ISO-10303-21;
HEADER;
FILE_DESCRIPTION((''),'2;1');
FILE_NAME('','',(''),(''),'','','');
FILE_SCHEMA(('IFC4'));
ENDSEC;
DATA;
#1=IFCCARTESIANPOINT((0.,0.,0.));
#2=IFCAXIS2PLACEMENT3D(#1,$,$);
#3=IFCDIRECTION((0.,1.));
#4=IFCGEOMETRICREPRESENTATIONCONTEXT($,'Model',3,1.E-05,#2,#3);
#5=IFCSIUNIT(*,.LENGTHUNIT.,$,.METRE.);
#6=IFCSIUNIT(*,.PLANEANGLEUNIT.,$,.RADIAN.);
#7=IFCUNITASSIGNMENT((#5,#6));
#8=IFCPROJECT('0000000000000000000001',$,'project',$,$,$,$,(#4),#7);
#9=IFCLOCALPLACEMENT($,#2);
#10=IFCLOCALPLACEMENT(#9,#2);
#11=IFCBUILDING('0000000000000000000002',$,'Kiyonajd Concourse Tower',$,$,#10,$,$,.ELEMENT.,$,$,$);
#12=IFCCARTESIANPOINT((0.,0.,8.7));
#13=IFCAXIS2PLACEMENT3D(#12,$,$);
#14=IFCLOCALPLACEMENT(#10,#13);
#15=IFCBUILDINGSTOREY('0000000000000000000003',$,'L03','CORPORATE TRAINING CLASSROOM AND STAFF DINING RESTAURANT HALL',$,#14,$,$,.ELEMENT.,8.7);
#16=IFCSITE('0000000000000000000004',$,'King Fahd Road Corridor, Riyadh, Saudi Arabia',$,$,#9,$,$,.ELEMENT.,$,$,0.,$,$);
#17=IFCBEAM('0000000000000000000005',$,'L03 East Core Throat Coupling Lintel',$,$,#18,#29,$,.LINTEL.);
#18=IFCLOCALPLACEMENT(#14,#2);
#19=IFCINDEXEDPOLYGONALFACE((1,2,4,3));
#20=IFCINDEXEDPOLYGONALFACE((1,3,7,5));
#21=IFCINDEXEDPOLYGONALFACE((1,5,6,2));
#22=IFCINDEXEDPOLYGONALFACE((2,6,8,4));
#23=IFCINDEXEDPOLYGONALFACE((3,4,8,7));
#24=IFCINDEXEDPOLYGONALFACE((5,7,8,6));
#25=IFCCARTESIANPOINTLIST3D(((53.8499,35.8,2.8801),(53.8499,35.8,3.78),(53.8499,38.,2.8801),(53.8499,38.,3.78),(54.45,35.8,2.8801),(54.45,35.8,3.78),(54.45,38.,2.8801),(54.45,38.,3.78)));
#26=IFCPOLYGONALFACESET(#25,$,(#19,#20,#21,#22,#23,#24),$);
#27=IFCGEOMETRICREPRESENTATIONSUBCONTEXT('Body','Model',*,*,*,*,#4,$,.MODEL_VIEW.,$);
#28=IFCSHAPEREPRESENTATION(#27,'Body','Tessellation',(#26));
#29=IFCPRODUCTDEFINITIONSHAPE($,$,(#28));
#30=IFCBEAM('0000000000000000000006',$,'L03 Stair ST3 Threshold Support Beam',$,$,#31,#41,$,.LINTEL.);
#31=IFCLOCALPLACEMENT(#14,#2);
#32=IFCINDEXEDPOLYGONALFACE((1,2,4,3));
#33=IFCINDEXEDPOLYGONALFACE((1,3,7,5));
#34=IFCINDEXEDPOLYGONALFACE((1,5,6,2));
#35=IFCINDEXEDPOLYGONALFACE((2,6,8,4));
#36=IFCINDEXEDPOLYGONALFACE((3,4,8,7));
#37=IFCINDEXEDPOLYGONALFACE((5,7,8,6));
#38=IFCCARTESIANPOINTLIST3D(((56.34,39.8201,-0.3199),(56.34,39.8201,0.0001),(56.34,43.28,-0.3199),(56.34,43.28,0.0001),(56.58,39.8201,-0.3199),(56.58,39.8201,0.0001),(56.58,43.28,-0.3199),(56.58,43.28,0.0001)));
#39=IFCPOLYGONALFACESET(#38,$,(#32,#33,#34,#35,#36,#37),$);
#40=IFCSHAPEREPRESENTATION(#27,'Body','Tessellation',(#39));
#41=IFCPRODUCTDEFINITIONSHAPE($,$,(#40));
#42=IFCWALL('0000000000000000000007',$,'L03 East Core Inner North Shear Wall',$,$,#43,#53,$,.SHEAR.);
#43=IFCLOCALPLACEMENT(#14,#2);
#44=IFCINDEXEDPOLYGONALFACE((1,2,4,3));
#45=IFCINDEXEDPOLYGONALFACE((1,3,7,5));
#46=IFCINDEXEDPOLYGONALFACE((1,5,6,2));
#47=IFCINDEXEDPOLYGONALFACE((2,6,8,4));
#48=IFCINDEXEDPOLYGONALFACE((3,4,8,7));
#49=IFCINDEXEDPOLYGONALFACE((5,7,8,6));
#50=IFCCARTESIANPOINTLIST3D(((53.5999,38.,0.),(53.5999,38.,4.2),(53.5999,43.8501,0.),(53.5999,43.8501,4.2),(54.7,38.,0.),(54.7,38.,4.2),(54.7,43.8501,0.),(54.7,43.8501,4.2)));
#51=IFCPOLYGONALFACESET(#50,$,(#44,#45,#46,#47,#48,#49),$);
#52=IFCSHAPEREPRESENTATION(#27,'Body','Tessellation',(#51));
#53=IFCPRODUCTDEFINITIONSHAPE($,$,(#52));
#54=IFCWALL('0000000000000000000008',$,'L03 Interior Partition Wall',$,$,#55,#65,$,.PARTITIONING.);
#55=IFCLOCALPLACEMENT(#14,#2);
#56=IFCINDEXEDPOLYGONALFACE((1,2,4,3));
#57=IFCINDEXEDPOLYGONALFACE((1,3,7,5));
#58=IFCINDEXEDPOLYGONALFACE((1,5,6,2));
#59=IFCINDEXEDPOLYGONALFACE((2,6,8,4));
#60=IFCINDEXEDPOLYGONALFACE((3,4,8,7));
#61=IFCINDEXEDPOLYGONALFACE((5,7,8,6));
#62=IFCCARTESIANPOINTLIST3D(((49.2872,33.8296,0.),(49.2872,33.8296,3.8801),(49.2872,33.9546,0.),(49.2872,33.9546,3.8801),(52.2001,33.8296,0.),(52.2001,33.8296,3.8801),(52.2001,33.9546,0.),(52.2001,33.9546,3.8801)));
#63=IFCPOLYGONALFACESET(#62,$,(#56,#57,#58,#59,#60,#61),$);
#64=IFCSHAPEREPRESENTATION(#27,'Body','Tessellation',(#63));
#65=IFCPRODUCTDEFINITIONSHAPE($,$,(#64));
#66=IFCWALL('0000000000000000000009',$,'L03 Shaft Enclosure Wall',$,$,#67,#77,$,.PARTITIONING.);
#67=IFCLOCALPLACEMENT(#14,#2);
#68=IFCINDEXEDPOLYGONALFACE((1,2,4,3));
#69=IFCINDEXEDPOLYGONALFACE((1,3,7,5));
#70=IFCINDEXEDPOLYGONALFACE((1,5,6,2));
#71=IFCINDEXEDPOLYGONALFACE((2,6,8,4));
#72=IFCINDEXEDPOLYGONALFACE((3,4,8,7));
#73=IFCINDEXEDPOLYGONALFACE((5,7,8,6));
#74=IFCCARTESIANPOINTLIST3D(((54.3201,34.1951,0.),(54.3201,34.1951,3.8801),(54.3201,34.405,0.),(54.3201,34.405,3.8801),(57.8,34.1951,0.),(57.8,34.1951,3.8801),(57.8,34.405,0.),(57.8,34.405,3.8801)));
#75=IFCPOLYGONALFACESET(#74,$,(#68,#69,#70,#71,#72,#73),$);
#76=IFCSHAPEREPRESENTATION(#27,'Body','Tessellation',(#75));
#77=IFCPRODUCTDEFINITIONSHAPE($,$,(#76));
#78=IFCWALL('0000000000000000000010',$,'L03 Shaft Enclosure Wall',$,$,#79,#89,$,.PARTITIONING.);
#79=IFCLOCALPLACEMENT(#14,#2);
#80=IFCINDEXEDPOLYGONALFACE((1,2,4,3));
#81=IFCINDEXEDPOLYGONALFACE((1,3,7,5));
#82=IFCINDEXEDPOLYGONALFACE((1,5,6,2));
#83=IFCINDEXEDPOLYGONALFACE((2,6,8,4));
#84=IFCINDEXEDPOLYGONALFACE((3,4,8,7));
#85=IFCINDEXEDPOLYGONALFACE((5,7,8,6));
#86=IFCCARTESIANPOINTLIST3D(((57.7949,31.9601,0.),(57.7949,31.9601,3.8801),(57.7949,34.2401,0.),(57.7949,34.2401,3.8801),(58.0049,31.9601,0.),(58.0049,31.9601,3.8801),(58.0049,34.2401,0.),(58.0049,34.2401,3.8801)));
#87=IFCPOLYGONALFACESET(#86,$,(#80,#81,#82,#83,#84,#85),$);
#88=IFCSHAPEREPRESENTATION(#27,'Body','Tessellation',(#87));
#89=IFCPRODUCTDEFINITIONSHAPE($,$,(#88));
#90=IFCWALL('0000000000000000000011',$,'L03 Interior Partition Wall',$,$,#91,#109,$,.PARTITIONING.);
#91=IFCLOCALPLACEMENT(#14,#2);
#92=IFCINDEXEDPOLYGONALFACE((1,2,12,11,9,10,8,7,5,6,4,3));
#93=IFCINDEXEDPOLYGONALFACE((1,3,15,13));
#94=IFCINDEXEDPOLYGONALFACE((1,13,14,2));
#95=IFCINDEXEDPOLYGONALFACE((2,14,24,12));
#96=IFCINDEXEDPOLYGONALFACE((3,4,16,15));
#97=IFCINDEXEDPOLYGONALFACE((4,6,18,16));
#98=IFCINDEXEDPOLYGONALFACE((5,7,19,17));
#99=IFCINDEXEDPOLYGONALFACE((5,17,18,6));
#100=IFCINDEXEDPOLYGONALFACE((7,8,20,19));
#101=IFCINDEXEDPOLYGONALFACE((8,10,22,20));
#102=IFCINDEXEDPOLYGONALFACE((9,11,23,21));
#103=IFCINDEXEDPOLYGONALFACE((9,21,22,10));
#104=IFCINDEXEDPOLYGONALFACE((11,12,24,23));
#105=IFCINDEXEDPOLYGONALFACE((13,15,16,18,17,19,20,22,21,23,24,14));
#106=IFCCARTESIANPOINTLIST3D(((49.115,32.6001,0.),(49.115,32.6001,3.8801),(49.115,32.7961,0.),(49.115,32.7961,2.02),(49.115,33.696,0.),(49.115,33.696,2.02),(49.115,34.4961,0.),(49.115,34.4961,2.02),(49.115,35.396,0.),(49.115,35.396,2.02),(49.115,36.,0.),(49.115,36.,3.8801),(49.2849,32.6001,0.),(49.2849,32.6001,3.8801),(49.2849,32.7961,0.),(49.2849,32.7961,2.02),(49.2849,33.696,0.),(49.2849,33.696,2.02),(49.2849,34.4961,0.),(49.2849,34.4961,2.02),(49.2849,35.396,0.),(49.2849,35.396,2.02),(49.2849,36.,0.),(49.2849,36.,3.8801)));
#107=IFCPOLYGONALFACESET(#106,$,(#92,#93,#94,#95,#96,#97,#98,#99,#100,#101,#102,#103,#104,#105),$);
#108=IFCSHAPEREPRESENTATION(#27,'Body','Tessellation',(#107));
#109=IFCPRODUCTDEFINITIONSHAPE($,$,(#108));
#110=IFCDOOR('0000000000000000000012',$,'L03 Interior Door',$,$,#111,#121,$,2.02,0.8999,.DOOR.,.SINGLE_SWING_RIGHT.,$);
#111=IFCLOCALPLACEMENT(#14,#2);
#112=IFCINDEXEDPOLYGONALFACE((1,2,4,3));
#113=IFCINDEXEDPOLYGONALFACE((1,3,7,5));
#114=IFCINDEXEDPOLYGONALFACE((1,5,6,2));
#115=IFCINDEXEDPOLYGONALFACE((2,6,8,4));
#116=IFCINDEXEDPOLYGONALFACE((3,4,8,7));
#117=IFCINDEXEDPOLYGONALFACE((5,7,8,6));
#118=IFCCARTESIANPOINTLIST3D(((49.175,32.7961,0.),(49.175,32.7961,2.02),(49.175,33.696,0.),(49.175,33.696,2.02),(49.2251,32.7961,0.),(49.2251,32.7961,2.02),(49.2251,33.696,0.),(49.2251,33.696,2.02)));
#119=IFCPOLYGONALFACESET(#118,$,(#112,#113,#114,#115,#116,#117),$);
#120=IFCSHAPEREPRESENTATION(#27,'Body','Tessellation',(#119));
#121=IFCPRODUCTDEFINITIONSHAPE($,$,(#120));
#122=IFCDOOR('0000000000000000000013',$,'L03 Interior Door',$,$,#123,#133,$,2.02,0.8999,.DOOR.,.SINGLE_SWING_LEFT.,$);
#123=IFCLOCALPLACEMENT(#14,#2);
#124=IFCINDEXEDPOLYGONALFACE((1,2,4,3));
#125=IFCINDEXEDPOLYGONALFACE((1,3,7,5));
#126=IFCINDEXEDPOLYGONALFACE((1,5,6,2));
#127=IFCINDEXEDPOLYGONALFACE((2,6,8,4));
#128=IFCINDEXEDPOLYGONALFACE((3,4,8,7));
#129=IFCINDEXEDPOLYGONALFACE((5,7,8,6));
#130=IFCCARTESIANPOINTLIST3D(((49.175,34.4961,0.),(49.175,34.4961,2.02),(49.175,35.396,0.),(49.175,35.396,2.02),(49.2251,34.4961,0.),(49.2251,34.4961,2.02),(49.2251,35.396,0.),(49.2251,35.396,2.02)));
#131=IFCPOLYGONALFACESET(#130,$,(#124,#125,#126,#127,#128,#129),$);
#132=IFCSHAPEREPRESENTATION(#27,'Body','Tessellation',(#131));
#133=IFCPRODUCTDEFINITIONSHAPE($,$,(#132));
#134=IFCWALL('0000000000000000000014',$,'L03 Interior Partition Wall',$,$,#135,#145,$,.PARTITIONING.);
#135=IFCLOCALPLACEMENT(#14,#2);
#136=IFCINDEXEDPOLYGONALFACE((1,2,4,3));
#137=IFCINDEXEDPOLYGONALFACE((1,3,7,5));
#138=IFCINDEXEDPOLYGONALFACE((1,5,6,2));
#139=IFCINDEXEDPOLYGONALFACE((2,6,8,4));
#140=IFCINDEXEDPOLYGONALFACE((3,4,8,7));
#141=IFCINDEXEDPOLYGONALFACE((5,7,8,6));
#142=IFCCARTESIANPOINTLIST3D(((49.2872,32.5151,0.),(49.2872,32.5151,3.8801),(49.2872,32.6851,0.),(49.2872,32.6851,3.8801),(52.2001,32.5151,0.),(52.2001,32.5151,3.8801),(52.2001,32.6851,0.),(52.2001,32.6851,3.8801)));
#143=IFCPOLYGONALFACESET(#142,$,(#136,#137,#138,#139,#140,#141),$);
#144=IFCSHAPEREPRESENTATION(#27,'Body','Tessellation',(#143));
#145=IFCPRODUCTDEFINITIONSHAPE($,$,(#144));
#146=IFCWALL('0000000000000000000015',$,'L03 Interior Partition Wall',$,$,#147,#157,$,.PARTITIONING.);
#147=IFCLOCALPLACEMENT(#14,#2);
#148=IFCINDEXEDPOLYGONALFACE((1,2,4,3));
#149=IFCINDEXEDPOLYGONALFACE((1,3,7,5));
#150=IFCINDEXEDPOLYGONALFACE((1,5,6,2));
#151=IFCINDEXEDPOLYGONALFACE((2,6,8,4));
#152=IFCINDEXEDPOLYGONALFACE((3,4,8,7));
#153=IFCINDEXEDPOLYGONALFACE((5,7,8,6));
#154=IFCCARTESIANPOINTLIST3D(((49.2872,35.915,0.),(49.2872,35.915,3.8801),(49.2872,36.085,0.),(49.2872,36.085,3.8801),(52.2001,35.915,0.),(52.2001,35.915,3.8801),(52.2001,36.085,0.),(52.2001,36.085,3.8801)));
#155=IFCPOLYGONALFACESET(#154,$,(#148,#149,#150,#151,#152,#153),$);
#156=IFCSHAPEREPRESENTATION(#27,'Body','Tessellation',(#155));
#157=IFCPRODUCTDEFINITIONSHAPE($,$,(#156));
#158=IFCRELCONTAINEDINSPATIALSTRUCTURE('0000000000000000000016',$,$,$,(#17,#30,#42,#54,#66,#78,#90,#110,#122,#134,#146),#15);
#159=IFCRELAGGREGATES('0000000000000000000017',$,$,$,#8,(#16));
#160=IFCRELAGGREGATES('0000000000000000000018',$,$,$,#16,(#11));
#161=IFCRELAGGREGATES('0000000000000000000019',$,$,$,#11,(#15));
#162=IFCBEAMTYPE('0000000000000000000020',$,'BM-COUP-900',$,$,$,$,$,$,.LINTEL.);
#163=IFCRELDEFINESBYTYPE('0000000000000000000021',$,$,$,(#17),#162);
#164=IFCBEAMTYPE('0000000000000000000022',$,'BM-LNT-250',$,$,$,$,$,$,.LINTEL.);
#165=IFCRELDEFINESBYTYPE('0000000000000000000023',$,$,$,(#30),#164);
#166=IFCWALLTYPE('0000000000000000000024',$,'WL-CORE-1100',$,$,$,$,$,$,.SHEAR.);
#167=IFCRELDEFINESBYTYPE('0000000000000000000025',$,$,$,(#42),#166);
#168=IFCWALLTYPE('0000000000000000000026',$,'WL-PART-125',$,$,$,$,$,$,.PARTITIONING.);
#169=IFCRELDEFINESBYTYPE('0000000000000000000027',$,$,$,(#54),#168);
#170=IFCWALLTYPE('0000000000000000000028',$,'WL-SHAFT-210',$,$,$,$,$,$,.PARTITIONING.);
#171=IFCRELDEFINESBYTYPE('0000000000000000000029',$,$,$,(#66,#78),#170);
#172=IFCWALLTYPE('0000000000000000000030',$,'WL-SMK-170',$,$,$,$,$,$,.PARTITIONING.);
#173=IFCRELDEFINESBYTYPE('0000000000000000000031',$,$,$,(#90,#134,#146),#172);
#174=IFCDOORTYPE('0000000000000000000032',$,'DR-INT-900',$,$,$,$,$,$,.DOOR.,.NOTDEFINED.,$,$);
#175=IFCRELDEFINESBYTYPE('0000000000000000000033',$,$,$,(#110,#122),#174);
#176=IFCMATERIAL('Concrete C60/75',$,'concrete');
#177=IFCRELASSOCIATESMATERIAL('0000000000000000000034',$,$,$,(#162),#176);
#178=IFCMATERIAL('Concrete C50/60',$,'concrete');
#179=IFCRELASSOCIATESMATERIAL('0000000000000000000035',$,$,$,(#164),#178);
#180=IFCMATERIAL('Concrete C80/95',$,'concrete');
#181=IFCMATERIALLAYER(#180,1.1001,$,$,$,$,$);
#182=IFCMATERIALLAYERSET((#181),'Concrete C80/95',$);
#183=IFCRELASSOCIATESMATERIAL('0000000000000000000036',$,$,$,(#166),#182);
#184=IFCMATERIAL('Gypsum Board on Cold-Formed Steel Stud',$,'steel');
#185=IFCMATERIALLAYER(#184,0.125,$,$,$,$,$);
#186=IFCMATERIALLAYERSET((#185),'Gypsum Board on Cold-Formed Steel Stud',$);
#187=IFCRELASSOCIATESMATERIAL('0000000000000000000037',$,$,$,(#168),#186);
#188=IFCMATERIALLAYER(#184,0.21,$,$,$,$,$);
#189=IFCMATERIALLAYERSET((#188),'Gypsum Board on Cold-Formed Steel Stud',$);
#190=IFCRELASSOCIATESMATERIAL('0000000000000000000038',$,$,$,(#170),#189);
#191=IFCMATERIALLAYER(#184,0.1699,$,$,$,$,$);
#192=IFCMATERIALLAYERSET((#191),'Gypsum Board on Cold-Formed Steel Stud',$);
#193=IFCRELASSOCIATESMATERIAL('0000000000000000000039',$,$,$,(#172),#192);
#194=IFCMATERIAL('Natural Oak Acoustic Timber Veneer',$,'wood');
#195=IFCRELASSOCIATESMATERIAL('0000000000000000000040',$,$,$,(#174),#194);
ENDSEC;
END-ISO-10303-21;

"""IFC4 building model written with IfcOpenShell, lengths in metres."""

from ifc_helpers import new_model, si_unit, direction, frame, frame_2d, origin, origin_2d, place, context, subcontext, project, spatial, rectangle, extrude, material, layer, layer_set, material_profile, profile_set, type_object, element, fill, save


model = new_model("IFC4")

# Units and contexts
model_context = context("Model", 3, precision=1e-05, world=origin(), true_north=direction((0.0, 1.0)))
body_context = subcontext(model_context, "Body", "Model", "MODEL_VIEW")
ifc_project = project(units=[si_unit("LENGTHUNIT", "METRE"), si_unit("PLANEANGLEUNIT", "RADIAN")], contexts=[model_context])

# Site, building, storey
site_placement = place(None, origin())
site = spatial("IfcSite", under=ifc_project, at=site_placement, Name="King Fahd Road Corridor, Riyadh, Saudi Arabia", CompositionType="ELEMENT", RefElevation=0.0)
building_placement = place(site_placement, origin())
building = spatial("IfcBuilding", under=site, at=building_placement, Name="Kiyonajd Concourse Tower", CompositionType="ELEMENT")
storey_placement = place(building_placement, frame((0.0, 0.0, 8.7)))
storey = spatial("IfcBuildingStorey", under=building, at=storey_placement, Name="L03", Description="CORPORATE TRAINING CLASSROOM AND STAFF DINING RESTAURANT HALL", CompositionType="ELEMENT", Elevation=8.7)

# Beams
ifc_material_1 = material(Name="Concrete C60/75", Category="concrete")
ifc_material_profile_1 = material_profile(ifc_material_1, rectangle(XDim=0.6001, YDim=0.8999, at=origin_2d()), Name="RCBM-600x900")
ifc_profile_set_1 = profile_set([ifc_material_profile_1], Name="Concrete C60/75")
beam_type_1 = type_object("IfcBeamType", Name="BM-COUP-900", PredefinedType="LINTEL", material=ifc_profile_set_1)
beam_1_placement = place(storey_placement, frame((54.1499, 35.8, 3.3301), z_axis=(0.0, 1.0, 0.0), x_axis=(-1.0, 0.0, 0.0)))
element("IfcBeam", 1, at=beam_1_placement, inside=storey, type_object=beam_type_1, Name="L03 East Core Throat Coupling Lintel", PredefinedType="LINTEL", context=body_context, shape_type="SweptSolid", body=[
    extrude(rectangle(XDim=0.6001, YDim=0.8999, at=origin_2d()), origin(), (0.0, 0.0, 1.0), 2.2),
])
ifc_material_2 = material(Name="Concrete C50/60", Category="concrete")
ifc_material_profile_2 = material_profile(ifc_material_2, rectangle(XDim=0.24, YDim=0.3201, at=origin_2d()), Name="RCBM-240x320")
ifc_profile_set_2 = profile_set([ifc_material_profile_2], Name="Concrete C50/60")
beam_type_2 = type_object("IfcBeamType", Name="BM-LNT-250", PredefinedType="LINTEL", material=ifc_profile_set_2)
beam_2_placement = place(storey_placement, frame((56.46, 39.8201, -0.1599), z_axis=(0.0, 1.0, 0.0), x_axis=(-1.0, 0.0, 0.0)))
element("IfcBeam", 2, at=beam_2_placement, inside=storey, type_object=beam_type_2, Name="L03 Stair ST3 Threshold Support Beam", PredefinedType="LINTEL", context=body_context, shape_type="SweptSolid", body=[
    extrude(rectangle(XDim=0.24, YDim=0.3201, at=origin_2d()), origin(), (0.0, 0.0, 1.0), 3.46),
])

# Walls
ifc_material_3 = material(Name="Concrete C80/95", Category="concrete")
ifc_layer_1 = layer(ifc_material_3, 1.1001)
ifc_layer_set_1 = layer_set([ifc_layer_1], Name="Concrete C80/95")
wall_type_1 = type_object("IfcWallType", Name="WL-CORE-1100", PredefinedType="SHEAR", material=ifc_layer_set_1)
wall_1_placement = place(storey_placement, frame((54.1499, 38.0, 0.0), z_axis=(0.0, 0.0, 1.0), x_axis=(0.0, 1.0, 0.0)))
element("IfcWall", 3, at=wall_1_placement, inside=storey, type_object=wall_type_1, Name="L03 East Core Inner North Shear Wall", PredefinedType="SHEAR", context=body_context, shape_type="SweptSolid", body=[
    extrude(rectangle(XDim=5.8501, YDim=1.1001, at=frame_2d((2.925, 0.0))), origin(), (0.0, 0.0, 1.0), 4.2),
])
ifc_material_4 = material(Name="Gypsum Board on Cold-Formed Steel Stud", Category="steel")
ifc_layer_2 = layer(ifc_material_4, 0.125)
ifc_layer_set_2 = layer_set([ifc_layer_2], Name="Gypsum Board on Cold-Formed Steel Stud")
wall_type_2 = type_object("IfcWallType", Name="WL-PART-125", PredefinedType="PARTITIONING", material=ifc_layer_set_2)
wall_2_placement = place(storey_placement, frame((49.2871, 33.8921, 0.0), z_axis=(0.0, 0.0, 1.0), x_axis=(1.0, 0.0, 0.0)))
element("IfcWall", 4, at=wall_2_placement, inside=storey, type_object=wall_type_2, Name="L03 Interior Partition Wall", PredefinedType="PARTITIONING", context=body_context, shape_type="SweptSolid", body=[
    extrude(rectangle(XDim=2.9128, YDim=0.125, at=frame_2d((1.4565, 0.0))), origin(), (0.0, 0.0, 1.0), 3.8801),
])
ifc_layer_3 = layer(ifc_material_4, 0.21)
ifc_layer_set_3 = layer_set([ifc_layer_3], Name="Gypsum Board on Cold-Formed Steel Stud")
wall_type_3 = type_object("IfcWallType", Name="WL-SHAFT-210", PredefinedType="PARTITIONING", material=ifc_layer_set_3)
wall_3_placement = place(storey_placement, frame((54.3201, 34.3, 0.0), z_axis=(0.0, 0.0, 1.0), x_axis=(1.0, 0.0, 0.0)))
element("IfcWall", 5, at=wall_3_placement, inside=storey, type_object=wall_type_3, Name="L03 Shaft Enclosure Wall", PredefinedType="PARTITIONING", context=body_context, shape_type="SweptSolid", body=[
    extrude(rectangle(XDim=3.48, YDim=0.21, at=frame_2d((1.74, 0.0))), origin(), (0.0, 0.0, 1.0), 3.8801),
])
wall_4_placement = place(storey_placement, frame((57.8999, 31.96, 0.0), z_axis=(0.0, 0.0, 1.0), x_axis=(0.0, 1.0, 0.0)))
element("IfcWall", 6, at=wall_4_placement, inside=storey, type_object=wall_type_3, Name="L03 Shaft Enclosure Wall", PredefinedType="PARTITIONING", context=body_context, shape_type="SweptSolid", body=[
    extrude(rectangle(XDim=2.28, YDim=0.21, at=frame_2d((1.1401, 0.0))), origin(), (0.0, 0.0, 1.0), 3.8801),
])

# Wall, openings, doors
ifc_layer_4 = layer(ifc_material_4, 0.1699)
ifc_layer_set_4 = layer_set([ifc_layer_4], Name="Gypsum Board on Cold-Formed Steel Stud")
wall_type_4 = type_object("IfcWallType", Name="WL-SMK-170", PredefinedType="PARTITIONING", material=ifc_layer_set_4)
wall_5_placement = place(storey_placement, frame((49.2, 32.6001, 0.0), z_axis=(0.0, 0.0, 1.0), x_axis=(0.0, 1.0, 0.0)))
wall_5 = element("IfcWall", 7, at=wall_5_placement, inside=storey, type_object=wall_type_4, Name="L03 Interior Partition Wall", PredefinedType="PARTITIONING", context=body_context, shape_type="SweptSolid", body=[
    extrude(rectangle(XDim=3.3999, YDim=0.1699, at=frame_2d((1.7, 0.0))), origin(), (0.0, 0.0, 1.0), 3.8801),
])
opening_1_placement = place(wall_5_placement, frame((0.196, 0.0, 0.0)))
opening_1 = element("IfcOpeningElement", 8, at=opening_1_placement, cuts=wall_5, PredefinedType="OPENING", context=body_context, shape_type="SweptSolid", body=[
    extrude(rectangle(XDim=0.8999, YDim=2.02, at=frame_2d((0.45, 1.01))), frame((0.0, 0.095, 0.0), z_axis=(0.0, -1.0, 0.0), x_axis=(1.0, 0.0, 0.0)), (0.0, 0.0, 1.0), 0.1899),
])
opening_2_placement = place(wall_5_placement, frame((1.896, 0.0, 0.0)))
opening_2 = element("IfcOpeningElement", 9, at=opening_2_placement, cuts=wall_5, PredefinedType="OPENING", context=body_context, shape_type="SweptSolid", body=[
    extrude(rectangle(XDim=0.8999, YDim=2.02, at=frame_2d((0.45, 1.01))), frame((0.0, 0.095, 0.0), z_axis=(0.0, -1.0, 0.0), x_axis=(1.0, 0.0, 0.0)), (0.0, 0.0, 1.0), 0.1899),
])
ifc_material_5 = material(Name="Natural Oak Acoustic Timber Veneer", Category="wood")
door_type_1 = type_object("IfcDoorType", Name="DR-INT-900", OperationType="NOTDEFINED", PredefinedType="DOOR", material=ifc_material_5)
door_1_placement = place(opening_1_placement, origin())
door_1 = element("IfcDoor", 10, at=door_1_placement, inside=storey, type_object=door_type_1, Name="L03 Interior Door", OperationType="SINGLE_SWING_RIGHT", OverallHeight=2.02, OverallWidth=0.8999, PredefinedType="DOOR", context=body_context, shape_type="SweptSolid", body=[
    extrude(rectangle(XDim=0.8999, YDim=2.02, at=frame_2d((0.45, 1.01))), frame((0.0, 0.0249, 0.0), z_axis=(0.0, -1.0, 0.0), x_axis=(1.0, 0.0, 0.0)), (0.0, 0.0, 1.0), 0.05),
])
fill(opening_1, door_1)
door_2_placement = place(opening_2_placement, origin())
door_2 = element("IfcDoor", 11, at=door_2_placement, inside=storey, type_object=door_type_1, Name="L03 Interior Door", OperationType="SINGLE_SWING_LEFT", OverallHeight=2.02, OverallWidth=0.8999, PredefinedType="DOOR", context=body_context, shape_type="SweptSolid", body=[
    extrude(rectangle(XDim=0.8999, YDim=2.02, at=frame_2d((0.45, 1.01))), frame((0.0, 0.0249, 0.0), z_axis=(0.0, -1.0, 0.0), x_axis=(1.0, 0.0, 0.0)), (0.0, 0.0, 1.0), 0.05),
])
fill(opening_2, door_2)

# Walls
for number, where, z_axis, x_axis, name in (
    (12, (49.2871, 32.6001, 0.0), (0.0, 0.0, 1.0), (1.0, 0.0, 0.0), "L03 Interior Partition Wall"),
    (13, (49.2871, 36.0, 0.0), (0.0, 0.0, 1.0), (1.0, 0.0, 0.0), "L03 Interior Partition Wall"),
):
    element("IfcWall", number, at=place(storey_placement, frame(where, z_axis=z_axis, x_axis=x_axis)), inside=storey, type_object=wall_type_4, Name=name, PredefinedType="PARTITIONING", context=body_context, shape_type="SweptSolid", body=[
        extrude(rectangle(XDim=2.9128, YDim=0.1699, at=frame_2d((1.4565, 0.0))), origin(), (0.0, 0.0, 1.0), 3.8801),
    ])

save(model, "model.ifc")
